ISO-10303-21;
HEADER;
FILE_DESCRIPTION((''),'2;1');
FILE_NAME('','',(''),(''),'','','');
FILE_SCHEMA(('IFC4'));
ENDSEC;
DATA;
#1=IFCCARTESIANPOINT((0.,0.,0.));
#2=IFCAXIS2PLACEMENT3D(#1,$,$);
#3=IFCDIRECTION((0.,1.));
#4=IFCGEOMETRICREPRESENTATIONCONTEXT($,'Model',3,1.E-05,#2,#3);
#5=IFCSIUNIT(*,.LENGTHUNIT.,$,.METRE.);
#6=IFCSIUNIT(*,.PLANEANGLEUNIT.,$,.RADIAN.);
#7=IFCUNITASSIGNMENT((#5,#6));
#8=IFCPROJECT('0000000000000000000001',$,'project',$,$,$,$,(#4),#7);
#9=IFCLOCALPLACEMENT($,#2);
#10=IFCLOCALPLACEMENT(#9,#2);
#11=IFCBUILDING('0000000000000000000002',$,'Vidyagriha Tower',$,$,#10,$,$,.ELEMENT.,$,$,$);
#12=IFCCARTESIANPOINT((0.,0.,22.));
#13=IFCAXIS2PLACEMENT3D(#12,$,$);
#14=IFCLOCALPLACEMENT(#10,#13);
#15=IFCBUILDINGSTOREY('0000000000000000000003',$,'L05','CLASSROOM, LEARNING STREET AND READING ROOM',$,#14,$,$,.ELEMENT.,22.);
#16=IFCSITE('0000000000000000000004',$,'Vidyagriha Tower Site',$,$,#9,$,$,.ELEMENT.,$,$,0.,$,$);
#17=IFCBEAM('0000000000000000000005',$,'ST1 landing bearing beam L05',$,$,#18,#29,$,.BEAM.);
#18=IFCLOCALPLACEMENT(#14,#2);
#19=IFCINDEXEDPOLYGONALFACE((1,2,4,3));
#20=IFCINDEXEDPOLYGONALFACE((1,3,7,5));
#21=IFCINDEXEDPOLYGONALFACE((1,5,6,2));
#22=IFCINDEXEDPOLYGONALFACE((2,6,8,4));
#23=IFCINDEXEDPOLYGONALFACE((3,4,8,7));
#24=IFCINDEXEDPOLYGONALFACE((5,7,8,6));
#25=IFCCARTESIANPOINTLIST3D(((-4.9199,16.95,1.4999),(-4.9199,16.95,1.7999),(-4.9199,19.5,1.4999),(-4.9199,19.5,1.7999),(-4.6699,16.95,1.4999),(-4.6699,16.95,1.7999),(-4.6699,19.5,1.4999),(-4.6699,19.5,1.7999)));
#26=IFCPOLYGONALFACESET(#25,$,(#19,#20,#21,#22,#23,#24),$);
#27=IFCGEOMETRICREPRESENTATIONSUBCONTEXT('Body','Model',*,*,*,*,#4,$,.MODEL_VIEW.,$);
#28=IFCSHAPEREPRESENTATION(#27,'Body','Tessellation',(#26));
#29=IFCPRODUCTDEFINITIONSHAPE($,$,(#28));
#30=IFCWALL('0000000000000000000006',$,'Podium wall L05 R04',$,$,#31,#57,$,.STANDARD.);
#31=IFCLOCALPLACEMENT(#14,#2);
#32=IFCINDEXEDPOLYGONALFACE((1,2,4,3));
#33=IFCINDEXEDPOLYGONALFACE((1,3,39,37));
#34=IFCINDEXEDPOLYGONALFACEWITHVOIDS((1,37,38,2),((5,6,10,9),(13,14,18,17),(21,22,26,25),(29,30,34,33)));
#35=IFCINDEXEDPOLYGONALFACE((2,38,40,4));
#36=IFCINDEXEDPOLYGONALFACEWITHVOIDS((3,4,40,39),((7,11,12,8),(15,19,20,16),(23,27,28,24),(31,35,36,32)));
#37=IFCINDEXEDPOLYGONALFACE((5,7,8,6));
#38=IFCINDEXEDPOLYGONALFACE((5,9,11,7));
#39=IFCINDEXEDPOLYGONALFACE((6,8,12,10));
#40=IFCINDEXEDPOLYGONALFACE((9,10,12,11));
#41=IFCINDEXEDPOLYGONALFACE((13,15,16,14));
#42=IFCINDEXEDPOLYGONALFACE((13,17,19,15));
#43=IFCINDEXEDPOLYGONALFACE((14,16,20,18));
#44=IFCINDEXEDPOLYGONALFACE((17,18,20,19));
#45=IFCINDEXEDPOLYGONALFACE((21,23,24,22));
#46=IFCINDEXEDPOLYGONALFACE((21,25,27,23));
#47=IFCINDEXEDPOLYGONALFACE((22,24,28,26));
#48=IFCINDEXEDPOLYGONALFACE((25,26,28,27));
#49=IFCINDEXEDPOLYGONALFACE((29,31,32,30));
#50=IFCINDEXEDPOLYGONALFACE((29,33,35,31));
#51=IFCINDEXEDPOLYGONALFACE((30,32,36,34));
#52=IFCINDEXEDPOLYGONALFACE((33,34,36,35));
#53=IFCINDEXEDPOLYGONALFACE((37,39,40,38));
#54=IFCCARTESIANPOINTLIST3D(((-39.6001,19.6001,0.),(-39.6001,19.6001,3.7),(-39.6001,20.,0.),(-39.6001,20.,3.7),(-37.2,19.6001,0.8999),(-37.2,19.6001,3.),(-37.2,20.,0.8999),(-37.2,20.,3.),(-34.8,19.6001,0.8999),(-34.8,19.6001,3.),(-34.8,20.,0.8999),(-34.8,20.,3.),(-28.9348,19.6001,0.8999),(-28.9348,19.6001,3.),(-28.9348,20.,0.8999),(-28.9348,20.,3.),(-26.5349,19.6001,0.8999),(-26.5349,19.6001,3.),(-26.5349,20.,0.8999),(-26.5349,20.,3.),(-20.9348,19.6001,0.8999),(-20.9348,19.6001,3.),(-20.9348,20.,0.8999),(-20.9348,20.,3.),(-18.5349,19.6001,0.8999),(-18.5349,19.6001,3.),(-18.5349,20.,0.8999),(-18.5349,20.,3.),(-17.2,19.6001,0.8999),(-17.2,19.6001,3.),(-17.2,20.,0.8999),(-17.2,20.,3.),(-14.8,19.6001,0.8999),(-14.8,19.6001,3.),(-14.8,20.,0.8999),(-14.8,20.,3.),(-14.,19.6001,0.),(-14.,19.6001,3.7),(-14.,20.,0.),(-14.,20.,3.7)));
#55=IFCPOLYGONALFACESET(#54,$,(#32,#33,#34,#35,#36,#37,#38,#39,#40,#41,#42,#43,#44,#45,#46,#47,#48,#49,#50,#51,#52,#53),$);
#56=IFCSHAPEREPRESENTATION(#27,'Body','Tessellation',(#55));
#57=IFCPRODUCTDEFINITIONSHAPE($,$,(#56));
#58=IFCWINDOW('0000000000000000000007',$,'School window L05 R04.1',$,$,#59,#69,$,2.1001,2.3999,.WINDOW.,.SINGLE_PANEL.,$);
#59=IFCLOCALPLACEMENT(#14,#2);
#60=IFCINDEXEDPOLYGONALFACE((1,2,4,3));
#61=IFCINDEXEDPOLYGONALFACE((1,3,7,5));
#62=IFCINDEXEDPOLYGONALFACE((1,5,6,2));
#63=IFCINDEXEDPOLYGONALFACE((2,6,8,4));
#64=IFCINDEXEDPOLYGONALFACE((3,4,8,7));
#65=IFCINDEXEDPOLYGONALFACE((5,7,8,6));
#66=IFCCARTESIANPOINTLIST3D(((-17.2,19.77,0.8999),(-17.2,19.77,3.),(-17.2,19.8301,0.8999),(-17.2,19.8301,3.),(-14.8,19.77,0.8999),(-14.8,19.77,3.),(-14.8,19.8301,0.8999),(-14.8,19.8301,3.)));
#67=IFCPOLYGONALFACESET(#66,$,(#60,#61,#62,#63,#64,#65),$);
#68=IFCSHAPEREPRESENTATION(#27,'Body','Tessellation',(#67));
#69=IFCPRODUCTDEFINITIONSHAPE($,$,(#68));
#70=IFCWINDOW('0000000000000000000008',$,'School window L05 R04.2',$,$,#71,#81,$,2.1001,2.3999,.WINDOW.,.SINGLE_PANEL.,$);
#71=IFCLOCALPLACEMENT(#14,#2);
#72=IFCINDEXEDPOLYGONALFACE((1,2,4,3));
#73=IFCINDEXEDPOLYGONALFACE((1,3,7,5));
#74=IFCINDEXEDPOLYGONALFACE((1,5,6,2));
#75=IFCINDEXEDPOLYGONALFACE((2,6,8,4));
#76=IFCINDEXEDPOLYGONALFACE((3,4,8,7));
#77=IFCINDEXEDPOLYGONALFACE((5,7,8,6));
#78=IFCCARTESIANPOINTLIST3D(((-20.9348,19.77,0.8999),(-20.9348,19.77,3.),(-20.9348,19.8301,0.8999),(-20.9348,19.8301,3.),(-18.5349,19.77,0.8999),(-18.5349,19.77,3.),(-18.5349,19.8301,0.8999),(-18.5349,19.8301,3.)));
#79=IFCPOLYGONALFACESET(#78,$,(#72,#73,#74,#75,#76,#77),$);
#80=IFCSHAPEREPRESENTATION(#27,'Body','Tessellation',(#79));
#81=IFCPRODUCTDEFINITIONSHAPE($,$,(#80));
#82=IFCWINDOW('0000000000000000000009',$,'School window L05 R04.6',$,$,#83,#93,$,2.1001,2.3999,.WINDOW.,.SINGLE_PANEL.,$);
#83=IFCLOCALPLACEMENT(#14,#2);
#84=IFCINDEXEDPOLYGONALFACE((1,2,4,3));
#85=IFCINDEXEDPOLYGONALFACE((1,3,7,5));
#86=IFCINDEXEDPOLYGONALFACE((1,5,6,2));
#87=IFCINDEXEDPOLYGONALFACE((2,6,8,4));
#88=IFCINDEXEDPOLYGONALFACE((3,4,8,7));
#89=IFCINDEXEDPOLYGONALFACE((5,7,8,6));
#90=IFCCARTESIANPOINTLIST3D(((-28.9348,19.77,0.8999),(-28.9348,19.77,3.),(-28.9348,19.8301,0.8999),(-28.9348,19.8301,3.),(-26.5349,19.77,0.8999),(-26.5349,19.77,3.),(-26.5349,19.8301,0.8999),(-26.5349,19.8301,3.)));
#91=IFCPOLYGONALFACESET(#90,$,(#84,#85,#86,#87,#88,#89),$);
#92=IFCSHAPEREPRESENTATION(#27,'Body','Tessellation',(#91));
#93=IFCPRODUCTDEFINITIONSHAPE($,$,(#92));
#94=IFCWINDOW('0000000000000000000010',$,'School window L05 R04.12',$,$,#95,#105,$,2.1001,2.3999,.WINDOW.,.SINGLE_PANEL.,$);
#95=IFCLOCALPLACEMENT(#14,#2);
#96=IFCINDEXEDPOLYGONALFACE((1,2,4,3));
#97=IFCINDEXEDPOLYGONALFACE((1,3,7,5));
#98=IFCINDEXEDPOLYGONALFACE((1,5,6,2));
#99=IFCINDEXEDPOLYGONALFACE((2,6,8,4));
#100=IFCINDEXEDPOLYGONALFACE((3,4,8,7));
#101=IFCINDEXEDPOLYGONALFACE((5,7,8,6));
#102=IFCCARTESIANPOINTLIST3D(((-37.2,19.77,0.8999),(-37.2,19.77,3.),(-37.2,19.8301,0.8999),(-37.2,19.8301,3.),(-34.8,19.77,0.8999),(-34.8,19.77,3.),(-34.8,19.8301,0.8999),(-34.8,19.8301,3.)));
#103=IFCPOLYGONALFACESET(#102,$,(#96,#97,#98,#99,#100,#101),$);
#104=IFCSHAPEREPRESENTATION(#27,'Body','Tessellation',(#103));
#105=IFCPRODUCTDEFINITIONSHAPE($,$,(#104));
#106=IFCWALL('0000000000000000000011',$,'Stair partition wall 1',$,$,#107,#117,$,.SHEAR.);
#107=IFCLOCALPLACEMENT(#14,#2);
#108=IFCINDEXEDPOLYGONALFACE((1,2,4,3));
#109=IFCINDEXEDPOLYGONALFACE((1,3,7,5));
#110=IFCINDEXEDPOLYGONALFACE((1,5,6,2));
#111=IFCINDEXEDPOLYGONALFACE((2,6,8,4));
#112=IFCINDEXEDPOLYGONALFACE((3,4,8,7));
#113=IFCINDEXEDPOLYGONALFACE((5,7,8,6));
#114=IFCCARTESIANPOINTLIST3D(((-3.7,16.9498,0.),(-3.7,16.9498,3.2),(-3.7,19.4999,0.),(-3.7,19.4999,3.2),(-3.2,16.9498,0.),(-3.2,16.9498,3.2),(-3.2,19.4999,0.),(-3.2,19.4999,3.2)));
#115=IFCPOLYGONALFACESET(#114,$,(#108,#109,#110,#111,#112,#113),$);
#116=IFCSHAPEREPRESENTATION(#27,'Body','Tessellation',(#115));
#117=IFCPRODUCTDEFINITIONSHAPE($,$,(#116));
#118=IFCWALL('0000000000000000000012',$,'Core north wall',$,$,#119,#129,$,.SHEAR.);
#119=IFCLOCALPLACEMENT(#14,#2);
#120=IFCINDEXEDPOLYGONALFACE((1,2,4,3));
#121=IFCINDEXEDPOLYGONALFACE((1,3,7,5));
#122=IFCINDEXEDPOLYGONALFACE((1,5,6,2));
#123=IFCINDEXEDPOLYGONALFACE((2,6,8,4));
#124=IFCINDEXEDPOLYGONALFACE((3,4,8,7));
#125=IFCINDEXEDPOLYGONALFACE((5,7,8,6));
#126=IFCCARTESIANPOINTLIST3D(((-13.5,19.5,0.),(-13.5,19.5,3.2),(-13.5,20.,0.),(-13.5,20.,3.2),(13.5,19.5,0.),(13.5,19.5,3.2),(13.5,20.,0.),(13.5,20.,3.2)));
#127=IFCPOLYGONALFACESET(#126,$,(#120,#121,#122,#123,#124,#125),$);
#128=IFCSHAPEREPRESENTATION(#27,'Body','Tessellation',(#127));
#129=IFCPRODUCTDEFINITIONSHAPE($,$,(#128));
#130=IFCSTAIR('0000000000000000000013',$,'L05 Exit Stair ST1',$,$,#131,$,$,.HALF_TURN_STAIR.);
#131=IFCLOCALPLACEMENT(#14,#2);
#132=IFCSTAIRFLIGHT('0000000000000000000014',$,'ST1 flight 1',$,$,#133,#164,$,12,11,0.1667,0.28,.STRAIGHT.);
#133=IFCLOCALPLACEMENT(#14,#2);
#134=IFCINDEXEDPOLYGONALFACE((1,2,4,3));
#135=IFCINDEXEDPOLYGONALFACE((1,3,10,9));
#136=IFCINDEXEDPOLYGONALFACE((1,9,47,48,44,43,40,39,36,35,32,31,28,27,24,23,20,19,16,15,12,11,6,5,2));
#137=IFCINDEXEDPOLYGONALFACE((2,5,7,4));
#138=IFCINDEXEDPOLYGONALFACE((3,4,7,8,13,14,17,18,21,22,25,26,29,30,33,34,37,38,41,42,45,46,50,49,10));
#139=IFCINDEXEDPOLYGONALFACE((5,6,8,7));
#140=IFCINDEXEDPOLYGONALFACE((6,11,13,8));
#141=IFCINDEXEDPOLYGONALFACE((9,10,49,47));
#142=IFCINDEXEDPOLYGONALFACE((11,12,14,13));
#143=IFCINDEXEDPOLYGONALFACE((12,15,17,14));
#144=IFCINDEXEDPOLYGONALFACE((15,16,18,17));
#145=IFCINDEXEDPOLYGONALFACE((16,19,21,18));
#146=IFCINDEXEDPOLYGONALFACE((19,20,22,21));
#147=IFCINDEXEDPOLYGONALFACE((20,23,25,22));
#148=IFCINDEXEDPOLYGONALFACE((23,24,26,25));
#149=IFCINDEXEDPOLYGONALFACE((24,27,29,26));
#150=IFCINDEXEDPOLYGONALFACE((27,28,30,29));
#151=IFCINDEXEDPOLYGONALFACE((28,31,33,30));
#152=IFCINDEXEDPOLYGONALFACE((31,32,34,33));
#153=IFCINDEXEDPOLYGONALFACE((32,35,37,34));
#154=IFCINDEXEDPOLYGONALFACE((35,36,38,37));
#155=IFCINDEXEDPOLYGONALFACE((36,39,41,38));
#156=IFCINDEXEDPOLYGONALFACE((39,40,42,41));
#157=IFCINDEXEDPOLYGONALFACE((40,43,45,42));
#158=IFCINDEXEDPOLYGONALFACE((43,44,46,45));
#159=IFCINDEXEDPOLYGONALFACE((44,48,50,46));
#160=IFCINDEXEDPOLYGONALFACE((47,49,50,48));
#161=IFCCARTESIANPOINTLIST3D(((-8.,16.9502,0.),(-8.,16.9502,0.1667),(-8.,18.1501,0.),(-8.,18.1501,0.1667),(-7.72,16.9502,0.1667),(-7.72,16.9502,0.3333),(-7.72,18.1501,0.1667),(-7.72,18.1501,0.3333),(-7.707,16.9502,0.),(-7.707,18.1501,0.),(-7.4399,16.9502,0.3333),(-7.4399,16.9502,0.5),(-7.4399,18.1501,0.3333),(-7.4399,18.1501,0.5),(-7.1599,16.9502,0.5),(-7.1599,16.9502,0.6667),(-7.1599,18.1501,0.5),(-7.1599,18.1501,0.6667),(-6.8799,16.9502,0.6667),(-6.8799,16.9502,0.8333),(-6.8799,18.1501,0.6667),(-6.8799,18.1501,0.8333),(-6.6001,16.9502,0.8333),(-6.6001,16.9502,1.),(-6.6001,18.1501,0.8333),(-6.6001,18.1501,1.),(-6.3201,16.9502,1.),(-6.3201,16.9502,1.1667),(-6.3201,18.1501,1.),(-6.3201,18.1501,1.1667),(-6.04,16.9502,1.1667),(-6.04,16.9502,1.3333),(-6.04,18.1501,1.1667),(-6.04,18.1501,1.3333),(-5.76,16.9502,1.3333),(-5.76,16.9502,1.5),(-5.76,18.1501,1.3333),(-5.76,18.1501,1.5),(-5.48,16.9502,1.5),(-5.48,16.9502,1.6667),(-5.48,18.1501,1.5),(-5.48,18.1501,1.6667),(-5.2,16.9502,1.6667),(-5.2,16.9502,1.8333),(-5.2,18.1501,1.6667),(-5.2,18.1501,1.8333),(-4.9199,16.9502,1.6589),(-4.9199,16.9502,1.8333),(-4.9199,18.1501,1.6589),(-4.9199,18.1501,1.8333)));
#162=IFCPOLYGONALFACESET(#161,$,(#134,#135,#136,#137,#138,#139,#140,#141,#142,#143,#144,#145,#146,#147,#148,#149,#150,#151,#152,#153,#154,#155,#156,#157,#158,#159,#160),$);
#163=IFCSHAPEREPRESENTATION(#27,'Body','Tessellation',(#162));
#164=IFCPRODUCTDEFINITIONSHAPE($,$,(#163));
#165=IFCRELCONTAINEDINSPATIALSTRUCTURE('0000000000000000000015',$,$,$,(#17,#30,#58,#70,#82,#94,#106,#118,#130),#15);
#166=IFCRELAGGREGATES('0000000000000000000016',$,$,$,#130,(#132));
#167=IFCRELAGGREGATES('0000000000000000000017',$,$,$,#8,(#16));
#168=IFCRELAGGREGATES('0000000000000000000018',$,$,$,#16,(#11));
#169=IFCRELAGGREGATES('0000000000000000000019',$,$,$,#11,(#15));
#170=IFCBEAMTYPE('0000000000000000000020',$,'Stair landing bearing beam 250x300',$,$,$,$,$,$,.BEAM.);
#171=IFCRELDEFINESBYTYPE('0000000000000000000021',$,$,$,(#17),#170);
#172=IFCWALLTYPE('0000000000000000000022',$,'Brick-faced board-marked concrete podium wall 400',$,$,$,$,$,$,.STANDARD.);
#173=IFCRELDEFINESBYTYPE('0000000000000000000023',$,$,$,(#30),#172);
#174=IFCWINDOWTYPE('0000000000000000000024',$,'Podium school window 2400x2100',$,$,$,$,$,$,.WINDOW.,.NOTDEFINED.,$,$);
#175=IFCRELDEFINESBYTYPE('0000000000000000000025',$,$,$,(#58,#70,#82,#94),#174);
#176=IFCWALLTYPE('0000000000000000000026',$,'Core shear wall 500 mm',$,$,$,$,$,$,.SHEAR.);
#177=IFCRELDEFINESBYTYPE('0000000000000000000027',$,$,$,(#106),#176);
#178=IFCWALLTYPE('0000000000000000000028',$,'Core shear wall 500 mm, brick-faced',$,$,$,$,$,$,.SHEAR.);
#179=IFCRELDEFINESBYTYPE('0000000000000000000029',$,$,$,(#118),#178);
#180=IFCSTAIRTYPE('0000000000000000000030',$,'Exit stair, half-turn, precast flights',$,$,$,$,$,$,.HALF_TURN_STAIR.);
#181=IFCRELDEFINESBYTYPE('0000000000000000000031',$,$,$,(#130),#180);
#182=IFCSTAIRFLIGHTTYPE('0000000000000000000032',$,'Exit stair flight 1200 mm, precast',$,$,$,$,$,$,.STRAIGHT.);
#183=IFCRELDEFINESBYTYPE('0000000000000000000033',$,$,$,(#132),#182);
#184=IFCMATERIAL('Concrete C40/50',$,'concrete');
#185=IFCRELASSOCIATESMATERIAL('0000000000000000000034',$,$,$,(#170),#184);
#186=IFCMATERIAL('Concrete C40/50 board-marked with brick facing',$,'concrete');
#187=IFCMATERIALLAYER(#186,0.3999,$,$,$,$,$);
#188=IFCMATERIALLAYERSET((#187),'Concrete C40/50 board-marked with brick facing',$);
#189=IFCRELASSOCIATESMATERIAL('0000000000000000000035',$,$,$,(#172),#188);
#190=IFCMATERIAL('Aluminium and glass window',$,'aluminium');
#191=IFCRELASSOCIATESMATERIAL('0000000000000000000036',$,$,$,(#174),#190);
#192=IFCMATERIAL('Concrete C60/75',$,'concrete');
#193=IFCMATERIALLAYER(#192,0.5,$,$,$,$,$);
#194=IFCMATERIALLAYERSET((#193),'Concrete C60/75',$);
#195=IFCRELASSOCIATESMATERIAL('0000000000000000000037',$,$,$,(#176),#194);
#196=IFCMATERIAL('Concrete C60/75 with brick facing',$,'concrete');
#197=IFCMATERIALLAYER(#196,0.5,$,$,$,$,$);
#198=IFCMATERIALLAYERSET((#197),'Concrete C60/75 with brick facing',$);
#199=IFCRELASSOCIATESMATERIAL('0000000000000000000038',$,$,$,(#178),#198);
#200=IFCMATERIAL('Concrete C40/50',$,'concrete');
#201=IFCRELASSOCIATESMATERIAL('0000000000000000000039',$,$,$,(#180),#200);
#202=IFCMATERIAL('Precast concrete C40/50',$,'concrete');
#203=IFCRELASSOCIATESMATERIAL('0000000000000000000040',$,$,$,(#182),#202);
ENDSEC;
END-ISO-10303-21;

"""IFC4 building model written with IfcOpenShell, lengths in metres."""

from ifc_helpers import new_model, si_unit, direction, frame, frame_2d, origin, origin_2d, place, context, subcontext, project, spatial, polyline, rectangle, outline, extrude, material, layer, layer_set, material_profile, profile_set, type_object, element, fill, aggregate, save


model = new_model("IFC4")

# Units and contexts
model_context = context("Model", 3, precision=1e-05, world=origin(), true_north=direction((0.0, 1.0)))
body_context = subcontext(model_context, "Body", "Model", "MODEL_VIEW")
ifc_project = project(units=[si_unit("LENGTHUNIT", "METRE"), si_unit("PLANEANGLEUNIT", "RADIAN")], contexts=[model_context])

# Site, building, storey
site_placement = place(None, origin())
site = spatial("IfcSite", under=ifc_project, at=site_placement, Name="Vidyagriha Tower Site", CompositionType="ELEMENT", RefElevation=0.0)
building_placement = place(site_placement, origin())
building = spatial("IfcBuilding", under=site, at=building_placement, Name="Vidyagriha Tower", CompositionType="ELEMENT")
storey_placement = place(building_placement, frame((0.0, 0.0, 22.0)))
storey = spatial("IfcBuildingStorey", under=building, at=storey_placement, Name="L05", Description="CLASSROOM, LEARNING STREET AND READING ROOM", CompositionType="ELEMENT", Elevation=22.0)

# Beam
ifc_material_1 = material(Name="Concrete C40/50", Category="concrete")
ifc_material_profile = material_profile(ifc_material_1, rectangle(XDim=0.25, YDim=0.3, at=origin_2d()), Name="Stair landing bearing beam 250x300")
ifc_profile_set = profile_set([ifc_material_profile], Name="Concrete C40/50")
beam_type = type_object("IfcBeamType", Name="Stair landing bearing beam 250x300", PredefinedType="BEAM", material=ifc_profile_set)
beam_placement = place(storey_placement, frame((-4.7949, 16.95, 1.6499), z_axis=(0.0, 1.0, 0.0), x_axis=(-1.0, 0.0, 0.0)))
element("IfcBeam", 1, at=beam_placement, inside=storey, type_object=beam_type, Name="ST1 landing bearing beam L05", PredefinedType="BEAM", context=body_context, shape_type="SweptSolid", body=[
    extrude(rectangle(XDim=0.25, YDim=0.3, at=origin_2d()), origin(), (0.0, 0.0, 1.0), 2.55),
])

# Wall, openings, windows
ifc_material_2 = material(Name="Concrete C40/50 board-marked with brick facing", Category="concrete")
ifc_layer_1 = layer(ifc_material_2, 0.3999)
ifc_layer_set_1 = layer_set([ifc_layer_1], Name="Concrete C40/50 board-marked with brick facing")
wall_type_1 = type_object("IfcWallType", Name="Brick-faced board-marked concrete podium wall 400", PredefinedType="STANDARD", material=ifc_layer_set_1)
wall_1_placement = place(storey_placement, frame((-14.0, 19.8, 0.0), z_axis=(0.0, 0.0, 1.0), x_axis=(-1.0, 0.0, 0.0)))
wall_1 = element("IfcWall", 2, at=wall_1_placement, inside=storey, type_object=wall_type_1, Name="Podium wall L05 R04", PredefinedType="STANDARD", context=body_context, shape_type="SweptSolid", body=[
    extrude(rectangle(XDim=25.6001, YDim=0.3999, at=frame_2d((12.8, 0.0))), origin(), (0.0, 0.0, 1.0), 3.7),
])
opening_1_placement = place(wall_1_placement, frame((0.8, 0.0, 0.8999)))
opening_1 = element("IfcOpeningElement", 3, at=opening_1_placement, cuts=wall_1, PredefinedType="OPENING", context=body_context, shape_type="SweptSolid", body=[
    extrude(rectangle(XDim=2.3999, YDim=2.1001, at=frame_2d((1.2, 1.05))), frame((0.0, 0.21, 0.0), z_axis=(0.0, -1.0, 0.0), x_axis=(1.0, 0.0, 0.0)), (0.0, 0.0, 1.0), 0.4199),
])
opening_2_placement = place(wall_1_placement, frame((4.5349, 0.0, 0.8999)))
opening_2 = element("IfcOpeningElement", 4, at=opening_2_placement, cuts=wall_1, PredefinedType="OPENING", context=body_context, shape_type="SweptSolid", body=[
    extrude(rectangle(XDim=2.3999, YDim=2.1001, at=frame_2d((1.2, 1.05))), frame((0.0, 0.21, 0.0), z_axis=(0.0, -1.0, 0.0), x_axis=(1.0, 0.0, 0.0)), (0.0, 0.0, 1.0), 0.4199),
])
opening_3_placement = place(wall_1_placement, frame((12.5349, 0.0, 0.8999)))
opening_3 = element("IfcOpeningElement", 5, at=opening_3_placement, cuts=wall_1, PredefinedType="OPENING", context=body_context, shape_type="SweptSolid", body=[
    extrude(rectangle(XDim=2.3999, YDim=2.1001, at=frame_2d((1.2, 1.05))), frame((0.0, 0.21, 0.0), z_axis=(0.0, -1.0, 0.0), x_axis=(1.0, 0.0, 0.0)), (0.0, 0.0, 1.0), 0.4199),
])
opening_4_placement = place(wall_1_placement, frame((20.8, 0.0, 0.8999)))
opening_4 = element("IfcOpeningElement", 6, at=opening_4_placement, cuts=wall_1, PredefinedType="OPENING", context=body_context, shape_type="SweptSolid", body=[
    extrude(rectangle(XDim=2.3999, YDim=2.1001, at=frame_2d((1.2, 1.05))), frame((0.0, 0.21, 0.0), z_axis=(0.0, -1.0, 0.0), x_axis=(1.0, 0.0, 0.0)), (0.0, 0.0, 1.0), 0.4199),
])
ifc_material_3 = material(Name="Aluminium and glass window", Category="aluminium")
window_type = type_object("IfcWindowType", Name="Podium school window 2400x2100", PartitioningType="NOTDEFINED", PredefinedType="WINDOW", material=ifc_material_3)
window_1_placement = place(opening_1_placement, origin())
window_1 = element("IfcWindow", 7, at=window_1_placement, inside=storey, type_object=window_type, Name="School window L05 R04.1", OverallHeight=2.1001, OverallWidth=2.3999, PartitioningType="SINGLE_PANEL", PredefinedType="WINDOW", context=body_context, shape_type="SweptSolid", body=[
    extrude(rectangle(XDim=2.3999, YDim=2.1001, at=frame_2d((1.2, 1.05))), frame((0.0, 0.03, 0.0), z_axis=(0.0, -1.0, 0.0), x_axis=(1.0, 0.0, 0.0)), (0.0, 0.0, 1.0), 0.0601),
])
fill(opening_1, window_1)
window_2_placement = place(opening_2_placement, origin())
window_2 = element("IfcWindow", 8, at=window_2_placement, inside=storey, type_object=window_type, Name="School window L05 R04.2", OverallHeight=2.1001, OverallWidth=2.3999, PartitioningType="SINGLE_PANEL", PredefinedType="WINDOW", context=body_context, shape_type="SweptSolid", body=[
    extrude(rectangle(XDim=2.3999, YDim=2.1001, at=frame_2d((1.2, 1.05))), frame((0.0, 0.03, 0.0), z_axis=(0.0, -1.0, 0.0), x_axis=(1.0, 0.0, 0.0)), (0.0, 0.0, 1.0), 0.0601),
])
fill(opening_2, window_2)
window_3_placement = place(opening_3_placement, origin())
window_3 = element("IfcWindow", 9, at=window_3_placement, inside=storey, type_object=window_type, Name="School window L05 R04.6", OverallHeight=2.1001, OverallWidth=2.3999, PartitioningType="SINGLE_PANEL", PredefinedType="WINDOW", context=body_context, shape_type="SweptSolid", body=[
    extrude(rectangle(XDim=2.3999, YDim=2.1001, at=frame_2d((1.2, 1.05))), frame((0.0, 0.03, 0.0), z_axis=(0.0, -1.0, 0.0), x_axis=(1.0, 0.0, 0.0)), (0.0, 0.0, 1.0), 0.0601),
])
fill(opening_3, window_3)
window_4_placement = place(opening_4_placement, origin())
window_4 = element("IfcWindow", 10, at=window_4_placement, inside=storey, type_object=window_type, Name="School window L05 R04.12", OverallHeight=2.1001, OverallWidth=2.3999, PartitioningType="SINGLE_PANEL", PredefinedType="WINDOW", context=body_context, shape_type="SweptSolid", body=[
    extrude(rectangle(XDim=2.3999, YDim=2.1001, at=frame_2d((1.2, 1.05))), frame((0.0, 0.03, 0.0), z_axis=(0.0, -1.0, 0.0), x_axis=(1.0, 0.0, 0.0)), (0.0, 0.0, 1.0), 0.0601),
])
fill(opening_4, window_4)

# Walls
ifc_material_4 = material(Name="Concrete C60/75", Category="concrete")
ifc_layer_2 = layer(ifc_material_4, 0.5)
ifc_layer_set_2 = layer_set([ifc_layer_2], Name="Concrete C60/75")
wall_type_2 = type_object("IfcWallType", Name="Core shear wall 500 mm", PredefinedType="SHEAR", material=ifc_layer_set_2)
wall_2_placement = place(storey_placement, frame((-3.45, 16.95, 0.0), z_axis=(0.0, 0.0, 1.0), x_axis=(0.0, 1.0, 0.0)))
element("IfcWall", 11, at=wall_2_placement, inside=storey, type_object=wall_type_2, Name="Stair partition wall 1", PredefinedType="SHEAR", context=body_context, shape_type="SweptSolid", body=[
    extrude(rectangle(XDim=2.55, YDim=0.5, at=frame_2d((1.2749, 0.0))), origin(), (0.0, 0.0, 1.0), 3.2),
])
ifc_material_5 = material(Name="Concrete C60/75 with brick facing", Category="concrete")
ifc_layer_3 = layer(ifc_material_5, 0.5)
ifc_layer_set_3 = layer_set([ifc_layer_3], Name="Concrete C60/75 with brick facing")
wall_type_3 = type_object("IfcWallType", Name="Core shear wall 500 mm, brick-faced", PredefinedType="SHEAR", material=ifc_layer_set_3)
wall_3_placement = place(storey_placement, frame((-13.5, 19.75, 0.0)))
element("IfcWall", 12, at=wall_3_placement, inside=storey, type_object=wall_type_3, Name="Core north wall", PredefinedType="SHEAR", context=body_context, shape_type="SweptSolid", body=[
    extrude(rectangle(XDim=27.0, YDim=0.5, at=frame_2d((13.5, 0.0))), origin(), (0.0, 0.0, 1.0), 3.2),
])

# Stair, stair flight
ifc_material_6 = material(Name="Concrete C40/50", Category="concrete")
stair_type = type_object("IfcStairType", Name="Exit stair, half-turn, precast flights", PredefinedType="HALF_TURN_STAIR", material=ifc_material_6)
stair_1_placement = place(storey_placement, origin())
stair_1 = element("IfcStair", 13, at=stair_1_placement, inside=storey, type_object=stair_type, Name="L05 Exit Stair ST1", PredefinedType="HALF_TURN_STAIR")
ifc_material_7 = material(Name="Precast concrete C40/50", Category="concrete")
stair_flight_type = type_object("IfcStairFlightType", Name="Exit stair flight 1200 mm, precast", PredefinedType="STRAIGHT", material=ifc_material_7)
stair_flight_1_placement = place(storey_placement, frame((-8.0, 17.55, 0.0)))
stair_flight_1 = element("IfcStairFlight", 14, at=stair_flight_1_placement, type_object=stair_flight_type, Name="ST1 flight 1", NumberOfRisers=12, NumberOfTreads=11, PredefinedType="STRAIGHT", RiserHeight=0.1667, TreadLength=0.28, context=body_context, shape_type="SweptSolid", body=[
    extrude(outline(polyline([(0.0, 0.0), (0.0, 0.1667), (0.28, 0.1667), (0.28, 0.3333), (0.5601, 0.3333), (0.5601, 0.5), (0.8401, 0.5), (0.8401, 0.6667), (1.1201, 0.6667), (1.1201, 0.8333), (1.3999, 0.8333), (1.3999, 1.0), (1.6799, 1.0), (1.6799, 1.1667), (1.96, 1.1667), (1.96, 1.3333), (2.24, 1.3333), (2.24, 1.5), (2.52, 1.5), (2.52, 1.6667), (2.8, 1.6667), (2.8, 1.8333), (3.0801, 1.8333), (3.0801, 2.0), (3.0801, 1.6589), (0.293, 0.0), (0.0, 0.0)])), frame((0.0, 0.6001, 0.0), z_axis=(0.0, -1.0, 0.0), x_axis=(1.0, 0.0, 0.0)), (0.0, 0.0, 1.0), 1.2),
])
aggregate(stair_1, [stair_flight_1])

save(model, "model.ifc")
